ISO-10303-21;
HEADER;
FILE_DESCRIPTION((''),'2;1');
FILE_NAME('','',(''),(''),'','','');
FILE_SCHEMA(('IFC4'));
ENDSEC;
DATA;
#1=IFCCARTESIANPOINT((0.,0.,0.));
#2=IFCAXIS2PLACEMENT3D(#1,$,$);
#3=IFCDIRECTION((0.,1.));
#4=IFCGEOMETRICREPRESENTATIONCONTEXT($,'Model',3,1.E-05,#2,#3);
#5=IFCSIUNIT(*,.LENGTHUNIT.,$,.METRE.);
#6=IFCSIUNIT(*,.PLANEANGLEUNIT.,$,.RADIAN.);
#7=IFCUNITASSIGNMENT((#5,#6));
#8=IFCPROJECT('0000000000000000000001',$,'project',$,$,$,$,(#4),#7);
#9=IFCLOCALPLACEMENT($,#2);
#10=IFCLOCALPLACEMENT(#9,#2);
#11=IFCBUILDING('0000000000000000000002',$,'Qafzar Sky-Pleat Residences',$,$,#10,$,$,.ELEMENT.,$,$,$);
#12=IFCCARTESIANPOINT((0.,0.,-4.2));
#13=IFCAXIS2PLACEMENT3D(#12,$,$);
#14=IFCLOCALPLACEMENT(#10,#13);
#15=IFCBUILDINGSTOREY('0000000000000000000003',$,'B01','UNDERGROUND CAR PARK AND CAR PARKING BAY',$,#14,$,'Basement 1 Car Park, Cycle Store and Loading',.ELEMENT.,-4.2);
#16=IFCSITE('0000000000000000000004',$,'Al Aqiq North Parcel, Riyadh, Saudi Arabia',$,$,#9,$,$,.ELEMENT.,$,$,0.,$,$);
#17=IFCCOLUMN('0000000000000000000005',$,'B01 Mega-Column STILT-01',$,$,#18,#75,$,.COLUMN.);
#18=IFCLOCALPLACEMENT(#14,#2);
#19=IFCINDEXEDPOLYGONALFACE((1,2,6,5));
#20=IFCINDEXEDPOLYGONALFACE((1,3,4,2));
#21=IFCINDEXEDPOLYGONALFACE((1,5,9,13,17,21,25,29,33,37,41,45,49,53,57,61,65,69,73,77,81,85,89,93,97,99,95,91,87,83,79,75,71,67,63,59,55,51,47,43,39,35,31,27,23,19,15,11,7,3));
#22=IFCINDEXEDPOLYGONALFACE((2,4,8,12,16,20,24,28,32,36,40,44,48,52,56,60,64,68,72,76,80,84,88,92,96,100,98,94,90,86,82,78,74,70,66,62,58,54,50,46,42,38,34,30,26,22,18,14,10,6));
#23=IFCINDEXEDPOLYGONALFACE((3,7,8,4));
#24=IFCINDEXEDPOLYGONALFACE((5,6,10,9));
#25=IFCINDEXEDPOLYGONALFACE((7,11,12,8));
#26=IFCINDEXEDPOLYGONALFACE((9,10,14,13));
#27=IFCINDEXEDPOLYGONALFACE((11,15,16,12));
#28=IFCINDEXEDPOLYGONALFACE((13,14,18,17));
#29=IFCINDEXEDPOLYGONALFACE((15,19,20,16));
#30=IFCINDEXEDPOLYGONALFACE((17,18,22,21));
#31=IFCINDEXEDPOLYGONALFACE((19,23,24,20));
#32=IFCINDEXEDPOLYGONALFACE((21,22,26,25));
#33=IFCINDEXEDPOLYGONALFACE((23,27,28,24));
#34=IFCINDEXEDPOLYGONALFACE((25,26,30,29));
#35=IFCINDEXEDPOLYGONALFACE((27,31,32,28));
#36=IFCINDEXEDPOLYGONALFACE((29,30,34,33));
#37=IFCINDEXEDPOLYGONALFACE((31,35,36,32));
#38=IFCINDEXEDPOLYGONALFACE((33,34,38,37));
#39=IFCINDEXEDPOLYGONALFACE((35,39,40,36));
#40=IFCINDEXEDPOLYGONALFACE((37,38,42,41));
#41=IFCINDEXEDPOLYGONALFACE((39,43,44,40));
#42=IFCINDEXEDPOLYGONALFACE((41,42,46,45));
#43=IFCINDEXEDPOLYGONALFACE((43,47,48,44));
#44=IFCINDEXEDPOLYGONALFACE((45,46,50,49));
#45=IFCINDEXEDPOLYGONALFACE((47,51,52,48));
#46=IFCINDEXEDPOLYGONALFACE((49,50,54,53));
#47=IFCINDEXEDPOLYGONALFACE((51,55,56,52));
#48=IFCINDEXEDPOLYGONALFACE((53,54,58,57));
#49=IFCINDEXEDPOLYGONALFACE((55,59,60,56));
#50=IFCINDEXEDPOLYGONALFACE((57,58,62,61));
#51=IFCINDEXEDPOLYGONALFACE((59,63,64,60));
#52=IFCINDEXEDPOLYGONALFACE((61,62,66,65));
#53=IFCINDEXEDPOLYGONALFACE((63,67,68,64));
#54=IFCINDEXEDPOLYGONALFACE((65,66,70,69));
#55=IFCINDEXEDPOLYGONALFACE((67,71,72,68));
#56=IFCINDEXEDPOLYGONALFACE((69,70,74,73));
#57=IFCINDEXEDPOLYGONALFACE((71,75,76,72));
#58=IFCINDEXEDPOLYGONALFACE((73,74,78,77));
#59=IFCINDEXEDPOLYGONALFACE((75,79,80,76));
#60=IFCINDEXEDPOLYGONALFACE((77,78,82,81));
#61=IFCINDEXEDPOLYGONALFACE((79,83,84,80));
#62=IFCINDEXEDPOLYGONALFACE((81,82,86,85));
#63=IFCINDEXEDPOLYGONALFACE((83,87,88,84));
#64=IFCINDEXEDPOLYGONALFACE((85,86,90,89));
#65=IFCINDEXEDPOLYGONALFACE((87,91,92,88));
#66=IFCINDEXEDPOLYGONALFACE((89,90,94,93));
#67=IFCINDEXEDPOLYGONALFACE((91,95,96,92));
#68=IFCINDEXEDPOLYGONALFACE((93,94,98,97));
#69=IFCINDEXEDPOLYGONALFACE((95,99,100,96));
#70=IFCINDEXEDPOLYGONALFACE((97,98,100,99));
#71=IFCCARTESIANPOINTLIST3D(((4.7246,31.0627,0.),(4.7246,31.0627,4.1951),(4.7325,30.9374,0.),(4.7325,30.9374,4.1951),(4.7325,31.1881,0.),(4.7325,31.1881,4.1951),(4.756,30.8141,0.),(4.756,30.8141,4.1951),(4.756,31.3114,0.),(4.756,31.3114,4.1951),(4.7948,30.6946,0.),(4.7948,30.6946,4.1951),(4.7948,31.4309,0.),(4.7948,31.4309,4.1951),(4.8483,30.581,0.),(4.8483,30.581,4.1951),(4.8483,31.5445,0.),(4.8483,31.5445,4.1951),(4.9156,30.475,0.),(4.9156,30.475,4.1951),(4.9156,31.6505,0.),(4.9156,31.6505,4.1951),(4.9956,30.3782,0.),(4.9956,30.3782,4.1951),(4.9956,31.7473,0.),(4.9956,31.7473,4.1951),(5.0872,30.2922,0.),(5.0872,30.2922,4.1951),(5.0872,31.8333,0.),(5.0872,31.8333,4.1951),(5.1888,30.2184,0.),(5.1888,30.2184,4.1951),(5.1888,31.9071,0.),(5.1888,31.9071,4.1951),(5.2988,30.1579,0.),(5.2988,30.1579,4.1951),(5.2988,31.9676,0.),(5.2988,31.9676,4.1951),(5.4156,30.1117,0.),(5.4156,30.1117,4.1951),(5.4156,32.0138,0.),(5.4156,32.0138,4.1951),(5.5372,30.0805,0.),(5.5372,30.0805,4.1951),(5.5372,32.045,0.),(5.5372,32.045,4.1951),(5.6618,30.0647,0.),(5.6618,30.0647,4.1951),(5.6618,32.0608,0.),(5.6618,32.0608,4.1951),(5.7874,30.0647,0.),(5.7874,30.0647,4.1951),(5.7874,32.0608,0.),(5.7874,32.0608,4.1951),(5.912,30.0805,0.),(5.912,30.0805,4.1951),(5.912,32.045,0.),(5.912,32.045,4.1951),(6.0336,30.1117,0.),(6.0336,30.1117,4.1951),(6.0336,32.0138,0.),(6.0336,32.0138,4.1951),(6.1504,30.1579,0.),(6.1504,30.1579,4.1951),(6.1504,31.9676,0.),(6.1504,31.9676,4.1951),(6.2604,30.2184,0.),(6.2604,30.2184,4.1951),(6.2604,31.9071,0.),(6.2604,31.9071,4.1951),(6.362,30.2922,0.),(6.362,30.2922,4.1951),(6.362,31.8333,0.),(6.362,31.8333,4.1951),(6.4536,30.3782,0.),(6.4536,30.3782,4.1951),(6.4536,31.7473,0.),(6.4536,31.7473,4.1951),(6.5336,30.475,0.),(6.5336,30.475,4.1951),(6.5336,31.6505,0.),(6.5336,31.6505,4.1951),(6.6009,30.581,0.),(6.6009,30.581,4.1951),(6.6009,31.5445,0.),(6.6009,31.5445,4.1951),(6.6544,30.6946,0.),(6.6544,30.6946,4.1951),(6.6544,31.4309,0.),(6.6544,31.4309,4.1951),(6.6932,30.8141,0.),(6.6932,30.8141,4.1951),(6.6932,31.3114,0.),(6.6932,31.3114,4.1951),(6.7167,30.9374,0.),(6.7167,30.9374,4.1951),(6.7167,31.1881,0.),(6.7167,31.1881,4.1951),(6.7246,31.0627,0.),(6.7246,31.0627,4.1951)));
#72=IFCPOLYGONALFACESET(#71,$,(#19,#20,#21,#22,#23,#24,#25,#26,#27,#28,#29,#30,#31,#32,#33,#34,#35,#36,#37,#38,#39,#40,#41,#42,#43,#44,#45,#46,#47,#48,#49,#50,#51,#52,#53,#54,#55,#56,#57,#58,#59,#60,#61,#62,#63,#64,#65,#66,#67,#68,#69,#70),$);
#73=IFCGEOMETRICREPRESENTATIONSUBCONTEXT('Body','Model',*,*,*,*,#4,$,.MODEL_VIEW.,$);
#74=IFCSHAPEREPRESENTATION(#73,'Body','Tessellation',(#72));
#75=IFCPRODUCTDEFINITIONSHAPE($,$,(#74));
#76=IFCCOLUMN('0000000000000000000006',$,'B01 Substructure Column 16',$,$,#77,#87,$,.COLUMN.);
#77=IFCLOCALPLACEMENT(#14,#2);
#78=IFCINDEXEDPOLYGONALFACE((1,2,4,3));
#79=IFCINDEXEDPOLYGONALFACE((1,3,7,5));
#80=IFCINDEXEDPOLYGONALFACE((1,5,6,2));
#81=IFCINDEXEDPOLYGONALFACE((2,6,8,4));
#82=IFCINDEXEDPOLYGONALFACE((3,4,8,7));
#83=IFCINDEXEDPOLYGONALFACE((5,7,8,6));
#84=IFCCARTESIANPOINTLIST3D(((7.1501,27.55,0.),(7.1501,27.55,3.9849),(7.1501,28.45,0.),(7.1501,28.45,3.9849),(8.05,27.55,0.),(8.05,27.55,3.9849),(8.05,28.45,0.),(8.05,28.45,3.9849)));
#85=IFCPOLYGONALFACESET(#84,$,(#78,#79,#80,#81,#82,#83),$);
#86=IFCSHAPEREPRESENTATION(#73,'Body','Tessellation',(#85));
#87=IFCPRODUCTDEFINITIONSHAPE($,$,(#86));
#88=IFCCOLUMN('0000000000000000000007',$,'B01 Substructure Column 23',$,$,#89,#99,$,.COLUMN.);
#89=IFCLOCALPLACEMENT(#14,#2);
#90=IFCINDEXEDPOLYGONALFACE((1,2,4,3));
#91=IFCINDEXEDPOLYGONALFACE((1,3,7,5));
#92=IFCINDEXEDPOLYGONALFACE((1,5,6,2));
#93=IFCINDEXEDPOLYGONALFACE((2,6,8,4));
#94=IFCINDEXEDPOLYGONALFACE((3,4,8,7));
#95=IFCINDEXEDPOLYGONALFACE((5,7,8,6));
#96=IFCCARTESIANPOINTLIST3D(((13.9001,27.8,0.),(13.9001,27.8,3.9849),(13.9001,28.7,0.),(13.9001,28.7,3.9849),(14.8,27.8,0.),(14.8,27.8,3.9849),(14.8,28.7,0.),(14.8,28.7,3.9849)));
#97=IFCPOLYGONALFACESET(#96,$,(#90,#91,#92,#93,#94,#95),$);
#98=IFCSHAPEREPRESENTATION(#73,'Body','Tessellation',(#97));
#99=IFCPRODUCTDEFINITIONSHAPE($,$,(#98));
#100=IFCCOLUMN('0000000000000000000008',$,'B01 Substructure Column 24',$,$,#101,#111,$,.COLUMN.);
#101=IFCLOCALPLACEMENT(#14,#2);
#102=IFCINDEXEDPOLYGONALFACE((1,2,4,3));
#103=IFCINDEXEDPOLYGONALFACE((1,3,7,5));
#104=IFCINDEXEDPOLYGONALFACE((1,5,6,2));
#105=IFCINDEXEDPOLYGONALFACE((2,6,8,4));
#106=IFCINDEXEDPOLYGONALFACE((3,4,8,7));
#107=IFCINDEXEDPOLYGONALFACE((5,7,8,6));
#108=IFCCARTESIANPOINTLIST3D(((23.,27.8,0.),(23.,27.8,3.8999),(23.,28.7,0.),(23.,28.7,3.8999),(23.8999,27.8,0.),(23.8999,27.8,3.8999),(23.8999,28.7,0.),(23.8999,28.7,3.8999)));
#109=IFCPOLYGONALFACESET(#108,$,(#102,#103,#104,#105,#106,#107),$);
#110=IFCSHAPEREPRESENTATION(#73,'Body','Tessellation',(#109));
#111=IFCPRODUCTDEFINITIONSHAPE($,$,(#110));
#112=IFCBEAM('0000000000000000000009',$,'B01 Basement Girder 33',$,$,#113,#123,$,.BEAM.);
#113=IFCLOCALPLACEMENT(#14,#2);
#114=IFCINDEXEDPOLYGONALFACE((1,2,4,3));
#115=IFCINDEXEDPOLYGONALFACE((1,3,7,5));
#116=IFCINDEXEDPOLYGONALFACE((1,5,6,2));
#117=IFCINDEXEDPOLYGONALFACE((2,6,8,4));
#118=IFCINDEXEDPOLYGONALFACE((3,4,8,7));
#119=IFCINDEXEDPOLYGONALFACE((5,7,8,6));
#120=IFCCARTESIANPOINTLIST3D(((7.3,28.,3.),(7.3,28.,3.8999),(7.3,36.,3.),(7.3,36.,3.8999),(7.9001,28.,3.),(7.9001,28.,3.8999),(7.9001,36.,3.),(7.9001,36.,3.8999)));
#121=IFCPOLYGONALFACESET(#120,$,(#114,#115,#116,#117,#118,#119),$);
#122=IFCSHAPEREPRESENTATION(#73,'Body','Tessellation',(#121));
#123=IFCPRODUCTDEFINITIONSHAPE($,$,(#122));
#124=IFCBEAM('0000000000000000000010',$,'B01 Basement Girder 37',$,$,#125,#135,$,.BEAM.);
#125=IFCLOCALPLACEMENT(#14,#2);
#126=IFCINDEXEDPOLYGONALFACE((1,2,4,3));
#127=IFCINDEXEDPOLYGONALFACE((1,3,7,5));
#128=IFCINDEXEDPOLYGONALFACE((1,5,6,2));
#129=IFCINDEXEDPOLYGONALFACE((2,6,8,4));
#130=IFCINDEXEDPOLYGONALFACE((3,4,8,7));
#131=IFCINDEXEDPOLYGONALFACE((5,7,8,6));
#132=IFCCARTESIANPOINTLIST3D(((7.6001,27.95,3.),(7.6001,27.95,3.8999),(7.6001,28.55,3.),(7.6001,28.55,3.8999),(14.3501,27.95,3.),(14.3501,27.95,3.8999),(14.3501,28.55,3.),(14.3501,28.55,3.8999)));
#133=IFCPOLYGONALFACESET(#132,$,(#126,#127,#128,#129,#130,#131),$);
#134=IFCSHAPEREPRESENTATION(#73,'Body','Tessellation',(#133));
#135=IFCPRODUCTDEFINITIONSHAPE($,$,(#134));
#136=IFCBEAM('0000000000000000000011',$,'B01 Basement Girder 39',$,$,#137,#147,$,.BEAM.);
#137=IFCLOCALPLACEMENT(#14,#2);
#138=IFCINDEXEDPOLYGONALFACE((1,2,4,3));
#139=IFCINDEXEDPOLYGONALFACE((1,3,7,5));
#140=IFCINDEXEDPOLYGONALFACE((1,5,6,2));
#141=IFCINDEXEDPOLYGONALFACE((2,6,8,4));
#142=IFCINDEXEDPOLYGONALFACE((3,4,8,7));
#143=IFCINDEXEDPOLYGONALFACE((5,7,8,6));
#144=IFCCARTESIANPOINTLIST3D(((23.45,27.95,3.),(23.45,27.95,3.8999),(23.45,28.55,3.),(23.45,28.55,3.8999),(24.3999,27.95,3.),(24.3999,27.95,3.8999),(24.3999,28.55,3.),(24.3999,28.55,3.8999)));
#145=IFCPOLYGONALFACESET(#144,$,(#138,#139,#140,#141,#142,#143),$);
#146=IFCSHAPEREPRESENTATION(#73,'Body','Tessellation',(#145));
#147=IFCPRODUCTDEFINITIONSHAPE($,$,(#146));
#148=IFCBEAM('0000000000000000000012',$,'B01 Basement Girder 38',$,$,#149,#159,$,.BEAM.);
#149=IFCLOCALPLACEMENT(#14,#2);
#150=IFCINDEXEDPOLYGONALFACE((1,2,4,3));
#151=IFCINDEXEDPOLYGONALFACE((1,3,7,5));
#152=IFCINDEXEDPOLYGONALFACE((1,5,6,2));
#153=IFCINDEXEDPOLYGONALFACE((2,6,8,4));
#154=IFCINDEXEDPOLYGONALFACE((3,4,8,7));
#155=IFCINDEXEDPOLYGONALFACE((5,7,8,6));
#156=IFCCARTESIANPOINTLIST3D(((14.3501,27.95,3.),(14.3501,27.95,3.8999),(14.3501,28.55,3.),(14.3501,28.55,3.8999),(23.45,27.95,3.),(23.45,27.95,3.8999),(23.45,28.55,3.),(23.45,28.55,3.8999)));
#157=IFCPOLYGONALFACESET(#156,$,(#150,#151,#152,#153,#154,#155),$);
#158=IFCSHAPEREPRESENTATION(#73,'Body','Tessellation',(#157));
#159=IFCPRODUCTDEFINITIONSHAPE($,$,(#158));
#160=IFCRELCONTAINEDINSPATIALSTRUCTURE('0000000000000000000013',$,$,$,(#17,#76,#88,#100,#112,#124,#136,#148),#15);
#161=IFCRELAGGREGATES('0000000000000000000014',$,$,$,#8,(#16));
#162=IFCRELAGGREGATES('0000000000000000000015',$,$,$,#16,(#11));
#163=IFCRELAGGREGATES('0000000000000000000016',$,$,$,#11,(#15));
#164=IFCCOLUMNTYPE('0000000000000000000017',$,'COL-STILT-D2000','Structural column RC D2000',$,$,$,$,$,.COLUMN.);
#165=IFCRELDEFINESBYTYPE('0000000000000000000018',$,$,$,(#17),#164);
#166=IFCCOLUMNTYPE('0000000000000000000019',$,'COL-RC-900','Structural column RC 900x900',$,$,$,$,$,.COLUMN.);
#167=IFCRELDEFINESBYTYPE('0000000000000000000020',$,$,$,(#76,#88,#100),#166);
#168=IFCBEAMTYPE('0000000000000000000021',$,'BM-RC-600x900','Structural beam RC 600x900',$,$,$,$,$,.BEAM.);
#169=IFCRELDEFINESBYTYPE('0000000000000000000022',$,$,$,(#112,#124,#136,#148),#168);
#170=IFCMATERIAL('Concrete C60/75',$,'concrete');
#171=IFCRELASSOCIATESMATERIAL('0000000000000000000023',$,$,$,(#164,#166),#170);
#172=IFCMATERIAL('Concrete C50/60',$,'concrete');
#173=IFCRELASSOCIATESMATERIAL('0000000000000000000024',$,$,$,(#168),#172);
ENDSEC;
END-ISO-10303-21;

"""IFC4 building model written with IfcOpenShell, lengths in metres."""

from ifc_helpers import new_model, si_unit, direction, frame, origin, origin_2d, place, context, subcontext, project, spatial, rectangle, circle, extrude, source, transform, mapped, material, material_profile, profile_set, type_object, element, save


model = new_model("IFC4")

# Units and contexts
model_context = context("Model", 3, precision=1e-05, world=origin(), true_north=direction((0.0, 1.0)))
body_context = subcontext(model_context, "Body", "Model", "MODEL_VIEW")
ifc_project = project(units=[si_unit("LENGTHUNIT", "METRE"), si_unit("PLANEANGLEUNIT", "RADIAN")], contexts=[model_context])

# Site, building, storey
site_placement = place(None, origin())
site = spatial("IfcSite", under=ifc_project, at=site_placement, Name="Al Aqiq North Parcel, Riyadh, Saudi Arabia", CompositionType="ELEMENT", RefElevation=0.0)
building_placement = place(site_placement, origin())
building = spatial("IfcBuilding", under=site, at=building_placement, Name="Qafzar Sky-Pleat Residences", CompositionType="ELEMENT")
storey_placement = place(building_placement, frame((0.0, 0.0, -4.2)))
storey = spatial("IfcBuildingStorey", under=building, at=storey_placement, Name="B01", Description="UNDERGROUND CAR PARK AND CAR PARKING BAY", LongName="Basement 1 Car Park, Cycle Store and Loading", CompositionType="ELEMENT", Elevation=-4.2)

# Columns
ifc_material_1 = material(Name="Concrete C60/75", Category="concrete")
ifc_material_profile_1 = material_profile(ifc_material_1, circle(Radius=1.0, at=origin_2d()), Name="RC D2000")
ifc_profile_set_1 = profile_set([ifc_material_profile_1], Name="Concrete C60/75")
column_type_1 = type_object("IfcColumnType", Name="COL-STILT-D2000", Description="Structural column RC D2000", PredefinedType="COLUMN", material=ifc_profile_set_1)
shared_shape_1 = source(origin(), body_context, "Body", "SweptSolid", [
    extrude(circle(Radius=1.0, at=origin_2d()), origin(), (0.0, 0.0, 1.0), 4.1951),
])
column_1_placement = place(storey_placement, frame((5.7246, 31.0627, 0.0), z_axis=(0.0, 0.0, 1.0), x_axis=(1.0, 0.0, 0.0)))
element("IfcColumn", 1, at=column_1_placement, inside=storey, type_object=column_type_1, Name="B01 Mega-Column STILT-01", PredefinedType="COLUMN", context=body_context, shape_type="MappedRepresentation", body=[
    mapped(shared_shape_1, transform((0.0, 0.0, 0.0), x_axis=(1.0, 0.0, 0.0), y_axis=(0.0, 1.0, 0.0), z_axis=(0.0, 0.0, 1.0), scale=1.0)),
])
ifc_material_profile_2 = material_profile(ifc_material_1, rectangle(XDim=0.8999, YDim=0.8999, at=origin_2d()), Name="RC 900x900")
ifc_profile_set_2 = profile_set([ifc_material_profile_2], Name="Concrete C60/75")
column_type_2 = type_object("IfcColumnType", Name="COL-RC-900", Description="Structural column RC 900x900", PredefinedType="COLUMN", material=ifc_profile_set_2)
shared_shape_2 = source(origin(), body_context, "Body", "SweptSolid", [
    extrude(rectangle(XDim=0.8999, YDim=0.8999, at=origin_2d()), origin(), (0.0, 0.0, 1.0), 3.9849),
])
for number, where, z_axis, x_axis, name in (
    (2, (7.6001, 28.0, 0.0), (0.0, 0.0, 1.0), (1.0, 0.0, 0.0), "B01 Substructure Column 16"),
    (3, (14.3501, 28.25, 0.0), (0.0, 0.0, 1.0), (1.0, 0.0, 0.0), "B01 Substructure Column 23"),
):
    element("IfcColumn", number, at=place(storey_placement, frame(where, z_axis=z_axis, x_axis=x_axis)), inside=storey, type_object=column_type_2, Name=name, PredefinedType="COLUMN", context=body_context, shape_type="MappedRepresentation", body=[
        mapped(shared_shape_2, transform((0.0, 0.0, 0.0), x_axis=(1.0, 0.0, 0.0), y_axis=(0.0, 1.0, 0.0), z_axis=(0.0, 0.0, 1.0), scale=1.0)),
    ])
shared_shape_3 = source(origin(), body_context, "Body", "SweptSolid", [
    extrude(rectangle(XDim=0.8999, YDim=0.8999, at=origin_2d()), origin(), (0.0, 0.0, 1.0), 3.8999),
])
column_2_placement = place(storey_placement, frame((23.45, 28.25, 0.0), z_axis=(0.0, 0.0, 1.0), x_axis=(1.0, 0.0, 0.0)))
element("IfcColumn", 4, at=column_2_placement, inside=storey, type_object=column_type_2, Name="B01 Substructure Column 24", PredefinedType="COLUMN", context=body_context, shape_type="MappedRepresentation", body=[
    mapped(shared_shape_3, transform((0.0, 0.0, 0.0), x_axis=(1.0, 0.0, 0.0), y_axis=(0.0, 1.0, 0.0), z_axis=(0.0, 0.0, 1.0), scale=1.0)),
])

# Beams
ifc_material_2 = material(Name="Concrete C50/60", Category="concrete")
ifc_material_profile_3 = material_profile(ifc_material_2, rectangle(XDim=0.6001, YDim=0.8999, at=origin_2d()), Name="RC 600x900")
ifc_profile_set_3 = profile_set([ifc_material_profile_3], Name="Concrete C50/60")
beam_type_1 = type_object("IfcBeamType", Name="BM-RC-600x900", Description="Structural beam RC 600x900", PredefinedType="BEAM", material=ifc_profile_set_3)
shared_shape_4 = source(origin(), body_context, "Body", "SweptSolid", [
    extrude(rectangle(XDim=0.6001, YDim=0.8999, at=origin_2d()), origin(), (0.0, 0.0, 1.0), 8.0),
])
beam_1_placement = place(storey_placement, frame((7.6001, 28.0, 3.45), z_axis=(0.0, 1.0, 0.0), x_axis=(-1.0, 0.0, 0.0)))
element("IfcBeam", 5, at=beam_1_placement, inside=storey, type_object=beam_type_1, Name="B01 Basement Girder 33", PredefinedType="BEAM", context=body_context, shape_type="MappedRepresentation", body=[
    mapped(shared_shape_4, transform((0.0, 0.0, 0.0), x_axis=(1.0, 0.0, 0.0), y_axis=(0.0, 1.0, 0.0), z_axis=(0.0, 0.0, 1.0), scale=1.0)),
])
shared_shape_5 = source(origin(), body_context, "Body", "SweptSolid", [
    extrude(rectangle(XDim=0.6001, YDim=0.8999, at=origin_2d()), origin(), (0.0, 0.0, 1.0), 6.75),
])
beam_2_placement = place(storey_placement, frame((7.6001, 28.25, 3.45), z_axis=(1.0, 0.0, 0.0), x_axis=(0.0, 1.0, 0.0)))
element("IfcBeam", 6, at=beam_2_placement, inside=storey, type_object=beam_type_1, Name="B01 Basement Girder 37", PredefinedType="BEAM", context=body_context, shape_type="MappedRepresentation", body=[
    mapped(shared_shape_5, transform((0.0, 0.0, 0.0), x_axis=(1.0, 0.0, 0.0), y_axis=(0.0, 1.0, 0.0), z_axis=(0.0, 0.0, 1.0), scale=1.0)),
])
shared_shape_6 = source(origin(), body_context, "Body", "SweptSolid", [
    extrude(rectangle(XDim=0.6001, YDim=0.8999, at=origin_2d()), origin(), (0.0, 0.0, 1.0), 0.95),
])
beam_3_placement = place(storey_placement, frame((23.45, 28.25, 3.45), z_axis=(1.0, 0.0, 0.0), x_axis=(0.0, 1.0, 0.0)))
element("IfcBeam", 7, at=beam_3_placement, inside=storey, type_object=beam_type_1, Name="B01 Basement Girder 39", PredefinedType="BEAM", context=body_context, shape_type="MappedRepresentation", body=[
    mapped(shared_shape_6, transform((0.0, 0.0, 0.0), x_axis=(1.0, 0.0, 0.0), y_axis=(0.0, 1.0, 0.0), z_axis=(0.0, 0.0, 1.0), scale=1.0)),
])
shared_shape_7 = source(origin(), body_context, "Body", "SweptSolid", [
    extrude(rectangle(XDim=0.6001, YDim=0.8999, at=origin_2d()), origin(), (0.0, 0.0, 1.0), 9.0999),
])
beam_4_placement = place(storey_placement, frame((14.3501, 28.25, 3.45), z_axis=(1.0, 0.0, 0.0), x_axis=(0.0, 1.0, 0.0)))
element("IfcBeam", 8, at=beam_4_placement, inside=storey, type_object=beam_type_1, Name="B01 Basement Girder 38", PredefinedType="BEAM", context=body_context, shape_type="MappedRepresentation", body=[
    mapped(shared_shape_7, transform((0.0, 0.0, 0.0), x_axis=(1.0, 0.0, 0.0), y_axis=(0.0, 1.0, 0.0), z_axis=(0.0, 0.0, 1.0), scale=1.0)),
])

save(model, "model.ifc")
